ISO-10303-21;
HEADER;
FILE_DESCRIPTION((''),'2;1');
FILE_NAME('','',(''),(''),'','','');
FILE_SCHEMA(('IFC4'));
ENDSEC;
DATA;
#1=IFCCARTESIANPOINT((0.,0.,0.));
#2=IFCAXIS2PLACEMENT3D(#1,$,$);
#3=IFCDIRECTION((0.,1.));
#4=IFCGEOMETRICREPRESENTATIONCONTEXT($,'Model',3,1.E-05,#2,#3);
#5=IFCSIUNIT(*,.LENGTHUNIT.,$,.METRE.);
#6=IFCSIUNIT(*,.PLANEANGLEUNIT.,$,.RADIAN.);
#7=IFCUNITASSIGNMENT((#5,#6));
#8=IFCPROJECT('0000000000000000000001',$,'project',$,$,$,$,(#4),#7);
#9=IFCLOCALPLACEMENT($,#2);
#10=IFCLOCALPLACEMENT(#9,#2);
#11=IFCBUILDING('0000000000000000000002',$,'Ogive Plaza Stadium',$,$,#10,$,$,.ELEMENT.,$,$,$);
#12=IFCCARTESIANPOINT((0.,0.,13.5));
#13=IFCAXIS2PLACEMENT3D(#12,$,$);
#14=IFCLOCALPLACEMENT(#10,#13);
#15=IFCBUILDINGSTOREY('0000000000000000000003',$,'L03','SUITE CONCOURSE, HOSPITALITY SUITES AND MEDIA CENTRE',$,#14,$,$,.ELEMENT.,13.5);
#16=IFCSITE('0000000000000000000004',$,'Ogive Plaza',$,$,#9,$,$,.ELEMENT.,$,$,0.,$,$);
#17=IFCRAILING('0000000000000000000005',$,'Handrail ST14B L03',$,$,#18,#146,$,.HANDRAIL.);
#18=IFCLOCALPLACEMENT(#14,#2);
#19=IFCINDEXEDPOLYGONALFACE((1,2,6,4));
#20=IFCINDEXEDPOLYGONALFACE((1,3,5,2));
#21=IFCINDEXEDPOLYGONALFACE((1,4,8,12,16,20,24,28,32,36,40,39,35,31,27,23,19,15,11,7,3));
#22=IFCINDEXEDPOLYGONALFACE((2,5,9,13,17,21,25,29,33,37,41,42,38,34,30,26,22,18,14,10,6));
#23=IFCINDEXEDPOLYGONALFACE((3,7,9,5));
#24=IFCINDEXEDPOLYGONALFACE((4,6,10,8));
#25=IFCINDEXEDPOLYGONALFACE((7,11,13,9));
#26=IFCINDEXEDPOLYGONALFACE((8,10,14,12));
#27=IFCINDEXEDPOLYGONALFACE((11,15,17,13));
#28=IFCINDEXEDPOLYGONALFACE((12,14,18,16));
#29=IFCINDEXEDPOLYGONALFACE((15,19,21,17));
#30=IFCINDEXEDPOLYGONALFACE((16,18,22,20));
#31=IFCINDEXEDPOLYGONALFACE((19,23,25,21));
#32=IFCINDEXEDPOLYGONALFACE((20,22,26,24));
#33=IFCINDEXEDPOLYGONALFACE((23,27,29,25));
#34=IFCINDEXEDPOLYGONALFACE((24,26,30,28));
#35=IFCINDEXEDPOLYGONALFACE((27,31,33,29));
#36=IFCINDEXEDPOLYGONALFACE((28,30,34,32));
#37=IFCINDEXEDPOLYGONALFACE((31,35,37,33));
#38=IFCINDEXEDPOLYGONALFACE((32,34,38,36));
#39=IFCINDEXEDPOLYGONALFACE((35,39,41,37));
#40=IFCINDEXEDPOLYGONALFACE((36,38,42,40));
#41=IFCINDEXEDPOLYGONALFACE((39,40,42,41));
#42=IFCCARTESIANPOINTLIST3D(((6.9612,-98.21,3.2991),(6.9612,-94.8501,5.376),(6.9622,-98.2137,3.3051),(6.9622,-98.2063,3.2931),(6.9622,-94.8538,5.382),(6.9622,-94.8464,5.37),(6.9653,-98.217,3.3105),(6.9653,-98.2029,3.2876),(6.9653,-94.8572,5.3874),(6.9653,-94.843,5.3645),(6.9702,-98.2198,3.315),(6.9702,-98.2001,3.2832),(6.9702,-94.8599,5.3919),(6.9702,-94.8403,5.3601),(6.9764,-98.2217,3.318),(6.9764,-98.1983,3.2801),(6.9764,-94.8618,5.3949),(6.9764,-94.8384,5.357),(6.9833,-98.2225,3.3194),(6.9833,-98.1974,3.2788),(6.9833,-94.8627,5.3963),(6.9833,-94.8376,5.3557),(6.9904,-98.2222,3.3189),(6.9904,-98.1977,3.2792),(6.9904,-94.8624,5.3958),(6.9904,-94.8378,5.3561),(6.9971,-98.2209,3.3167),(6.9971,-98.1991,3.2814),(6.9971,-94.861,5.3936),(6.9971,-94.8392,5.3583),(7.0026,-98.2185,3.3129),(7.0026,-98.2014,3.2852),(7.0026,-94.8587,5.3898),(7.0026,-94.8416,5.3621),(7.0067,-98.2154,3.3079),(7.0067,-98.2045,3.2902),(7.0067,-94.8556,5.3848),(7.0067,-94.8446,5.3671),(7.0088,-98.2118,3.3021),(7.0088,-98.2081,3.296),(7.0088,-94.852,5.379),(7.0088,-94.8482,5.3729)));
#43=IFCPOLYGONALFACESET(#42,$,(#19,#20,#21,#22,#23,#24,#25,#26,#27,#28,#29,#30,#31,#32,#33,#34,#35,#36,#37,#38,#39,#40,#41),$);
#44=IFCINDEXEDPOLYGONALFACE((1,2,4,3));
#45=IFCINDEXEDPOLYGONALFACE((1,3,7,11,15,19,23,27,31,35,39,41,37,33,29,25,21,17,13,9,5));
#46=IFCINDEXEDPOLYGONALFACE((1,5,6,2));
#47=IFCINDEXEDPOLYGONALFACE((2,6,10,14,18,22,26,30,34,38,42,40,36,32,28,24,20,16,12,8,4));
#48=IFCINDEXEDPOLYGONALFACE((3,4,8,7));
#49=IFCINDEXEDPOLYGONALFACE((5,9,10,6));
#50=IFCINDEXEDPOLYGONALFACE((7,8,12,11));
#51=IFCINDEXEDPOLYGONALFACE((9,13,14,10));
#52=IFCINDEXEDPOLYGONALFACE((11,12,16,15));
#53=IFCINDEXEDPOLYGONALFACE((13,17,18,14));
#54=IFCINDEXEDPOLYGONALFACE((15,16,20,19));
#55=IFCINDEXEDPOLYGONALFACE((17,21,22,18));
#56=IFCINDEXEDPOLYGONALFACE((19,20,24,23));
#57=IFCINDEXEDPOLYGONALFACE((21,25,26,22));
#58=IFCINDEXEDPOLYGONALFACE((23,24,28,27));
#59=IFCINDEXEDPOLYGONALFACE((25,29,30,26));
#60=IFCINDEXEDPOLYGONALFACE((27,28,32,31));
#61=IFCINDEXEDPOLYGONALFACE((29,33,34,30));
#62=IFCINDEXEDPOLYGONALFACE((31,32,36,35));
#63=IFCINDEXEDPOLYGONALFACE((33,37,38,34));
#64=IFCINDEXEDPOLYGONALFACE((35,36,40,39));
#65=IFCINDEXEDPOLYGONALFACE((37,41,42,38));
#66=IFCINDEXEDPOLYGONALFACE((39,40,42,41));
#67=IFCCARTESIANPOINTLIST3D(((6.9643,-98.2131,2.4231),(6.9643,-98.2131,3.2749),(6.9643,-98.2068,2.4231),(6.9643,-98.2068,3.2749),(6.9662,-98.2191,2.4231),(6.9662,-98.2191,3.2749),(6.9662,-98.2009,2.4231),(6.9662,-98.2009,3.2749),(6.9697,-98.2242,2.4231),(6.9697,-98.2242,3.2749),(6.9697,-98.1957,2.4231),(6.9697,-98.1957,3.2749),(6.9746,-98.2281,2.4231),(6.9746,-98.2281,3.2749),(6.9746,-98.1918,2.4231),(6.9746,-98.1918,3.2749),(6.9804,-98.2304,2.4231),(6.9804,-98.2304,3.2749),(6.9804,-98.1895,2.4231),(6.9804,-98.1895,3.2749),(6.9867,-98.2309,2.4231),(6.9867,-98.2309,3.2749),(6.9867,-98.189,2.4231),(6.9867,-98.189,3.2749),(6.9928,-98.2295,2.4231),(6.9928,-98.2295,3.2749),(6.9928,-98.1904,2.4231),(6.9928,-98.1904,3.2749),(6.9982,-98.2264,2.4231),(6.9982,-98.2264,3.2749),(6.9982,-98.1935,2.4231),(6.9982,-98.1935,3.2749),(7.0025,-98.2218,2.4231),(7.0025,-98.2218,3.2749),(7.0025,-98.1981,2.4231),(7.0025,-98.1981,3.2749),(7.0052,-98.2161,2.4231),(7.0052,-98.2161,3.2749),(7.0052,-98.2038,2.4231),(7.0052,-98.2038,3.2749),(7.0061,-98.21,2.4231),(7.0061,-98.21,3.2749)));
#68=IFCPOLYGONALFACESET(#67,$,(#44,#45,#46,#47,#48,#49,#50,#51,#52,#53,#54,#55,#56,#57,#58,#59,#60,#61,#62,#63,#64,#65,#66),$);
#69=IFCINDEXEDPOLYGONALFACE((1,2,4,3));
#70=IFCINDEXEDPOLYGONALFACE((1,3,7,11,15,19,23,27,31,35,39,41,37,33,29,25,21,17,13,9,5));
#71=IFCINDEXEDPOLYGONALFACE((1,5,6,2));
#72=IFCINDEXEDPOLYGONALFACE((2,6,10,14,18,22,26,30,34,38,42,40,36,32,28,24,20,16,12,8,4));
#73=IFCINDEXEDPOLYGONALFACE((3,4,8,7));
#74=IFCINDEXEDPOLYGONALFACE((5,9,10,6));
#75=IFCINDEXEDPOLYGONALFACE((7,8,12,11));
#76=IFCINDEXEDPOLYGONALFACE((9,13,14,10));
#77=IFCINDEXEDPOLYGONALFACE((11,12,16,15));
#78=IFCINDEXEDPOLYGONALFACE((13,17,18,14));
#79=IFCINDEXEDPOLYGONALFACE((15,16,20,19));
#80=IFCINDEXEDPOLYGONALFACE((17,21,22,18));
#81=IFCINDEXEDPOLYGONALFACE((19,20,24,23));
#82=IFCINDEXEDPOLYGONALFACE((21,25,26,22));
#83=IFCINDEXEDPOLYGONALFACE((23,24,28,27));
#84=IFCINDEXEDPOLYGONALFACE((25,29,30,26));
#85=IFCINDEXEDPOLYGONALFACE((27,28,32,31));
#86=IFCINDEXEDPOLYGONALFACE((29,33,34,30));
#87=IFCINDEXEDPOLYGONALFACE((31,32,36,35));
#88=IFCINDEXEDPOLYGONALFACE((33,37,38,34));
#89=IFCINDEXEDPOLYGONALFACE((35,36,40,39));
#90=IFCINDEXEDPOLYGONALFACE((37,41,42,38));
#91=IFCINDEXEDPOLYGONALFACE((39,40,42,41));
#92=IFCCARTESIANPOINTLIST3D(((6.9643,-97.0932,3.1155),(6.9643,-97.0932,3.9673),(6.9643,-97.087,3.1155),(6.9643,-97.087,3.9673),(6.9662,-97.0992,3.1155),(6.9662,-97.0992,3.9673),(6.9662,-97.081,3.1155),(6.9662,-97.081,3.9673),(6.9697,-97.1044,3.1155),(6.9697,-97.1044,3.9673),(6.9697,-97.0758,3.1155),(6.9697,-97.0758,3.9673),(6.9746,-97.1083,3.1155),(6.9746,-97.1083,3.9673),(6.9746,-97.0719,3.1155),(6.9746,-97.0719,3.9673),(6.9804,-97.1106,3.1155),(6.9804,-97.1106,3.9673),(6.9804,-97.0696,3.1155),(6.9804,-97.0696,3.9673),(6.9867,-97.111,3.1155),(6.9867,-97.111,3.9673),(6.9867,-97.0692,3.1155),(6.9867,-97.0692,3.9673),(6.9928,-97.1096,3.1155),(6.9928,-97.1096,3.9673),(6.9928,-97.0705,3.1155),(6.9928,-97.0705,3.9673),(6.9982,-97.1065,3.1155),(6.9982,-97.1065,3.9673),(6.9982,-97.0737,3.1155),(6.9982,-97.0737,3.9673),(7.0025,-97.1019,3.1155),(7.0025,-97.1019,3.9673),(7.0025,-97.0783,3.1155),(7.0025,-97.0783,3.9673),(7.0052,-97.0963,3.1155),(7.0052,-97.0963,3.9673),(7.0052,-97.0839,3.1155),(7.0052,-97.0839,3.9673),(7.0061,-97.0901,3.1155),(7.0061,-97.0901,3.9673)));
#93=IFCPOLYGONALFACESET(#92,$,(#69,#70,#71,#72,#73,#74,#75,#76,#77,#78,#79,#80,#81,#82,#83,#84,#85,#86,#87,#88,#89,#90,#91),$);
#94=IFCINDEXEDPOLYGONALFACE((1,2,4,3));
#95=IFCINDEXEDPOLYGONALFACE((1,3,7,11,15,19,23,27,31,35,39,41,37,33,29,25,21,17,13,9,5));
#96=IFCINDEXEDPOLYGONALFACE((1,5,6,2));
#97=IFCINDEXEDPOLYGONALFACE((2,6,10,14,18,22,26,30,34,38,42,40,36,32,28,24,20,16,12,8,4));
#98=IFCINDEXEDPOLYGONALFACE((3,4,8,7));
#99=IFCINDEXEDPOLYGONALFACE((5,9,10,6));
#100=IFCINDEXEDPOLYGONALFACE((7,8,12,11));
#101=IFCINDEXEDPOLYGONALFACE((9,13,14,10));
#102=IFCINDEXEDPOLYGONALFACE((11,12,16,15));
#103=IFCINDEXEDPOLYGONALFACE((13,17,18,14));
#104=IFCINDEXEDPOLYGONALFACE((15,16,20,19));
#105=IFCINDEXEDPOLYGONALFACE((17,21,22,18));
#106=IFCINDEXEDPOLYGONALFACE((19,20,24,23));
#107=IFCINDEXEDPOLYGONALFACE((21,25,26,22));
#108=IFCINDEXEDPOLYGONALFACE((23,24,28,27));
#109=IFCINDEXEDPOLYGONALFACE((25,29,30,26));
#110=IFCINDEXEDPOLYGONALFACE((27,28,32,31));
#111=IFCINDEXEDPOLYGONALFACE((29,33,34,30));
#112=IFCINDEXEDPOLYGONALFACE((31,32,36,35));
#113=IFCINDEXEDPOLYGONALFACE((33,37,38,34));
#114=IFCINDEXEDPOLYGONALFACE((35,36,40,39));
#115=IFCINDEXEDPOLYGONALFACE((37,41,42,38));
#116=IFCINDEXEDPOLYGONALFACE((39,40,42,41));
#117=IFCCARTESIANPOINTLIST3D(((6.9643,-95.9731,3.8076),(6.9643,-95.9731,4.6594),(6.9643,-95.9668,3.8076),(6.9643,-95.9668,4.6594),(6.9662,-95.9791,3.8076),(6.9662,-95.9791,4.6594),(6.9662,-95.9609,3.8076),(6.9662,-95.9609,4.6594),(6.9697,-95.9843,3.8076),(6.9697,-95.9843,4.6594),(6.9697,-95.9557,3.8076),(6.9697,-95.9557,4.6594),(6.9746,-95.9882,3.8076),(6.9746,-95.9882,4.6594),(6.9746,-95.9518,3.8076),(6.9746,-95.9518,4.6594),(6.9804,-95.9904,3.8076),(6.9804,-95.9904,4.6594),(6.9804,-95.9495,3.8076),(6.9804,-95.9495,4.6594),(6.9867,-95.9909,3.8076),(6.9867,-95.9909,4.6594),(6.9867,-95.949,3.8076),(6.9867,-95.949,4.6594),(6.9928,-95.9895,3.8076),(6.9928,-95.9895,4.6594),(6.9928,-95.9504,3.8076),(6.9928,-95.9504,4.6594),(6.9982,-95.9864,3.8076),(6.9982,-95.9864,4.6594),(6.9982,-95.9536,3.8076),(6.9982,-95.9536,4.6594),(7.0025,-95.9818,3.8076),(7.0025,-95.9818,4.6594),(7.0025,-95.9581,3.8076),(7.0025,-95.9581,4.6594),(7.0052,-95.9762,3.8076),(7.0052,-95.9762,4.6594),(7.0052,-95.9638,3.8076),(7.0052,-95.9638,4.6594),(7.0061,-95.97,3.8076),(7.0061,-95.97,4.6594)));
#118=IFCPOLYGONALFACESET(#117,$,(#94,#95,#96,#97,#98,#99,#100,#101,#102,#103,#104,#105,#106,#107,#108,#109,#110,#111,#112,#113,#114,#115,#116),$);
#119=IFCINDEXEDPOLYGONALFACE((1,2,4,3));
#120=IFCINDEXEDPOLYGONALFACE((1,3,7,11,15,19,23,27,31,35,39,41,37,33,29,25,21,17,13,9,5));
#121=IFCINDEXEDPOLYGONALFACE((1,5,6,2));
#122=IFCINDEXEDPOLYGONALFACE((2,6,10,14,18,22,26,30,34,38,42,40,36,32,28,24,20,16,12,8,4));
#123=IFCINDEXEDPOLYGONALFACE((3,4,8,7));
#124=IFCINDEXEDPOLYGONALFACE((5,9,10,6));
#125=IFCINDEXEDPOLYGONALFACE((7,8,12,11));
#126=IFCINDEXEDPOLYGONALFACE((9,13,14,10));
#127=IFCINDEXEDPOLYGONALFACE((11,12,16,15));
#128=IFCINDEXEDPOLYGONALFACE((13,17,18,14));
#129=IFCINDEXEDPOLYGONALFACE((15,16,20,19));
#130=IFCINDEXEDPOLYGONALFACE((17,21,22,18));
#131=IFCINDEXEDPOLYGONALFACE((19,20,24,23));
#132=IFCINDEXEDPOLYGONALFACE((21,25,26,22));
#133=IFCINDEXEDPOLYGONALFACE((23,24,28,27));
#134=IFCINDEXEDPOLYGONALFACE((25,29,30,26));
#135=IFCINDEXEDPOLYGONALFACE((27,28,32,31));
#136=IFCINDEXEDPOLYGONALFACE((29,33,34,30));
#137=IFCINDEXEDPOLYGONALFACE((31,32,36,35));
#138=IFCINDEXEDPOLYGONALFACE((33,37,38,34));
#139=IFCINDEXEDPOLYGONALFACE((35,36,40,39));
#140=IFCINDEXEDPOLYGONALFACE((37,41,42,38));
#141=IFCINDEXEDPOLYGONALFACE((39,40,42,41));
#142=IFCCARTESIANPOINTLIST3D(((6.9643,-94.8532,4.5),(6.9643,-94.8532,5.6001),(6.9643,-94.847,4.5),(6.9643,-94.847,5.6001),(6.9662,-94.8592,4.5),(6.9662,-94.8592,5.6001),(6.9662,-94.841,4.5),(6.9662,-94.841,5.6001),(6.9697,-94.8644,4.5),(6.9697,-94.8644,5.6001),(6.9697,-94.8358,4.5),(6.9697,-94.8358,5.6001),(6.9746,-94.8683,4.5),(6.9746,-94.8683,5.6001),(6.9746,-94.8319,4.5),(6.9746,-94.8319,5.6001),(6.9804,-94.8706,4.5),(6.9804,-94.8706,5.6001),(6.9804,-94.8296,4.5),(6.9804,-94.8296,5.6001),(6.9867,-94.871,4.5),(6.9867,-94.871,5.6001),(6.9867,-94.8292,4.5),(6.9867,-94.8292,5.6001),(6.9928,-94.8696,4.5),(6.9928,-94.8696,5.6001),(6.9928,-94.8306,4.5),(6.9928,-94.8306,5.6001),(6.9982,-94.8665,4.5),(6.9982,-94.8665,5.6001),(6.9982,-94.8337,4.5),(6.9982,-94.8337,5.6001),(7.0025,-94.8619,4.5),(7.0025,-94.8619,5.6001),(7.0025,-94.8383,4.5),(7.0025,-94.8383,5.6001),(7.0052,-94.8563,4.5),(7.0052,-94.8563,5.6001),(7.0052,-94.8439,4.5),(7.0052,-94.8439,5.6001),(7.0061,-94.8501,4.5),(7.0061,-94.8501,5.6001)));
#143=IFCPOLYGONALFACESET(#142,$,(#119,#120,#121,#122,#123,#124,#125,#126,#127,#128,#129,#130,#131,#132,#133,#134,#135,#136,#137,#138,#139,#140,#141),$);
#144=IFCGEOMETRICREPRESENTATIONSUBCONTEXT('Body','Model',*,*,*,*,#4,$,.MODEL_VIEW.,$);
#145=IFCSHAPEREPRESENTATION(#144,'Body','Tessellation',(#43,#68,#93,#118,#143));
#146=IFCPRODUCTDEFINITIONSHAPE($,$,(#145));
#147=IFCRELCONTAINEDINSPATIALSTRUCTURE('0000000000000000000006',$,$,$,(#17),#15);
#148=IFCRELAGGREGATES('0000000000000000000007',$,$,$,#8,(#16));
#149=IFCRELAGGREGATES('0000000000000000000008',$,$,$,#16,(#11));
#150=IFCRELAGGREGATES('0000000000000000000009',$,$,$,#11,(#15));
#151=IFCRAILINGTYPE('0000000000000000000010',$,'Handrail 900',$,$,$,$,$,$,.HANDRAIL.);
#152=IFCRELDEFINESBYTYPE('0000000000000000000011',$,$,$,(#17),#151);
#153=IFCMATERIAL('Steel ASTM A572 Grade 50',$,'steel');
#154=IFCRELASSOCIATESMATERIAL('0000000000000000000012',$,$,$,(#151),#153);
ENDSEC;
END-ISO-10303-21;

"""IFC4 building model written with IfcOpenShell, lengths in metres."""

from ifc_helpers import new_model, si_unit, direction, frame, origin, origin_2d, place, context, subcontext, project, spatial, circle, extrude, material, type_object, element, save


model = new_model("IFC4")

# Units and contexts
model_context = context("Model", 3, precision=1e-05, world=origin(), true_north=direction((0.0, 1.0)))
body_context = subcontext(model_context, "Body", "Model", "MODEL_VIEW")
ifc_project = project(units=[si_unit("LENGTHUNIT", "METRE"), si_unit("PLANEANGLEUNIT", "RADIAN")], contexts=[model_context])

# Site, building, storey
site_placement = place(None, origin())
site = spatial("IfcSite", under=ifc_project, at=site_placement, Name="Ogive Plaza", CompositionType="ELEMENT", RefElevation=0.0)
building_placement = place(site_placement, origin())
building = spatial("IfcBuilding", under=site, at=building_placement, Name="Ogive Plaza Stadium", CompositionType="ELEMENT")
storey_placement = place(building_placement, frame((0.0, 0.0, 13.5)))
storey = spatial("IfcBuildingStorey", under=building, at=storey_placement, Name="L03", Description="SUITE CONCOURSE, HOSPITALITY SUITES AND MEDIA CENTRE", CompositionType="ELEMENT", Elevation=13.5)

# Railing
ifc_material_1 = material(Name="Steel ASTM A572 Grade 50", Category="steel")
railing_type_1 = type_object("IfcRailingType", Name="Handrail 900", PredefinedType="HANDRAIL", material=ifc_material_1)
for number, where, name in (
    (1, (6.9851, -98.21, 2.4231), "Handrail ST14B L03"),
):
    element("IfcRailing", number, at=place(storey_placement, frame(where)), inside=storey, type_object=railing_type_1, Name=name, PredefinedType="HANDRAIL", context=body_context, shape_type="SweptSolid", body=[
        extrude(circle(Radius=0.0239, at=origin_2d()), frame((0.0, 0.0, 0.876), z_axis=(0.0, 0.850606, 0.525803), x_axis=(-1.0, 0.0, 0.0)), (0.0, 0.0, 1.0), 3.95),
        extrude(circle(Radius=0.021, at=origin_2d()), origin(), (0.0, 0.0, 1.0), 0.8518),
        extrude(circle(Radius=0.021, at=origin_2d()), frame((0.0, 1.1199, 0.6924)), (0.0, 0.0, 1.0), 0.8518),
        extrude(circle(Radius=0.021, at=origin_2d()), frame((0.0, 2.24, 1.3845)), (0.0, 0.0, 1.0), 0.8518),
        extrude(circle(Radius=0.021, at=origin_2d()), frame((0.0, 3.3599, 2.0769)), (0.0, 0.0, 1.0), 1.1001),
    ])

save(model, "model.ifc")
